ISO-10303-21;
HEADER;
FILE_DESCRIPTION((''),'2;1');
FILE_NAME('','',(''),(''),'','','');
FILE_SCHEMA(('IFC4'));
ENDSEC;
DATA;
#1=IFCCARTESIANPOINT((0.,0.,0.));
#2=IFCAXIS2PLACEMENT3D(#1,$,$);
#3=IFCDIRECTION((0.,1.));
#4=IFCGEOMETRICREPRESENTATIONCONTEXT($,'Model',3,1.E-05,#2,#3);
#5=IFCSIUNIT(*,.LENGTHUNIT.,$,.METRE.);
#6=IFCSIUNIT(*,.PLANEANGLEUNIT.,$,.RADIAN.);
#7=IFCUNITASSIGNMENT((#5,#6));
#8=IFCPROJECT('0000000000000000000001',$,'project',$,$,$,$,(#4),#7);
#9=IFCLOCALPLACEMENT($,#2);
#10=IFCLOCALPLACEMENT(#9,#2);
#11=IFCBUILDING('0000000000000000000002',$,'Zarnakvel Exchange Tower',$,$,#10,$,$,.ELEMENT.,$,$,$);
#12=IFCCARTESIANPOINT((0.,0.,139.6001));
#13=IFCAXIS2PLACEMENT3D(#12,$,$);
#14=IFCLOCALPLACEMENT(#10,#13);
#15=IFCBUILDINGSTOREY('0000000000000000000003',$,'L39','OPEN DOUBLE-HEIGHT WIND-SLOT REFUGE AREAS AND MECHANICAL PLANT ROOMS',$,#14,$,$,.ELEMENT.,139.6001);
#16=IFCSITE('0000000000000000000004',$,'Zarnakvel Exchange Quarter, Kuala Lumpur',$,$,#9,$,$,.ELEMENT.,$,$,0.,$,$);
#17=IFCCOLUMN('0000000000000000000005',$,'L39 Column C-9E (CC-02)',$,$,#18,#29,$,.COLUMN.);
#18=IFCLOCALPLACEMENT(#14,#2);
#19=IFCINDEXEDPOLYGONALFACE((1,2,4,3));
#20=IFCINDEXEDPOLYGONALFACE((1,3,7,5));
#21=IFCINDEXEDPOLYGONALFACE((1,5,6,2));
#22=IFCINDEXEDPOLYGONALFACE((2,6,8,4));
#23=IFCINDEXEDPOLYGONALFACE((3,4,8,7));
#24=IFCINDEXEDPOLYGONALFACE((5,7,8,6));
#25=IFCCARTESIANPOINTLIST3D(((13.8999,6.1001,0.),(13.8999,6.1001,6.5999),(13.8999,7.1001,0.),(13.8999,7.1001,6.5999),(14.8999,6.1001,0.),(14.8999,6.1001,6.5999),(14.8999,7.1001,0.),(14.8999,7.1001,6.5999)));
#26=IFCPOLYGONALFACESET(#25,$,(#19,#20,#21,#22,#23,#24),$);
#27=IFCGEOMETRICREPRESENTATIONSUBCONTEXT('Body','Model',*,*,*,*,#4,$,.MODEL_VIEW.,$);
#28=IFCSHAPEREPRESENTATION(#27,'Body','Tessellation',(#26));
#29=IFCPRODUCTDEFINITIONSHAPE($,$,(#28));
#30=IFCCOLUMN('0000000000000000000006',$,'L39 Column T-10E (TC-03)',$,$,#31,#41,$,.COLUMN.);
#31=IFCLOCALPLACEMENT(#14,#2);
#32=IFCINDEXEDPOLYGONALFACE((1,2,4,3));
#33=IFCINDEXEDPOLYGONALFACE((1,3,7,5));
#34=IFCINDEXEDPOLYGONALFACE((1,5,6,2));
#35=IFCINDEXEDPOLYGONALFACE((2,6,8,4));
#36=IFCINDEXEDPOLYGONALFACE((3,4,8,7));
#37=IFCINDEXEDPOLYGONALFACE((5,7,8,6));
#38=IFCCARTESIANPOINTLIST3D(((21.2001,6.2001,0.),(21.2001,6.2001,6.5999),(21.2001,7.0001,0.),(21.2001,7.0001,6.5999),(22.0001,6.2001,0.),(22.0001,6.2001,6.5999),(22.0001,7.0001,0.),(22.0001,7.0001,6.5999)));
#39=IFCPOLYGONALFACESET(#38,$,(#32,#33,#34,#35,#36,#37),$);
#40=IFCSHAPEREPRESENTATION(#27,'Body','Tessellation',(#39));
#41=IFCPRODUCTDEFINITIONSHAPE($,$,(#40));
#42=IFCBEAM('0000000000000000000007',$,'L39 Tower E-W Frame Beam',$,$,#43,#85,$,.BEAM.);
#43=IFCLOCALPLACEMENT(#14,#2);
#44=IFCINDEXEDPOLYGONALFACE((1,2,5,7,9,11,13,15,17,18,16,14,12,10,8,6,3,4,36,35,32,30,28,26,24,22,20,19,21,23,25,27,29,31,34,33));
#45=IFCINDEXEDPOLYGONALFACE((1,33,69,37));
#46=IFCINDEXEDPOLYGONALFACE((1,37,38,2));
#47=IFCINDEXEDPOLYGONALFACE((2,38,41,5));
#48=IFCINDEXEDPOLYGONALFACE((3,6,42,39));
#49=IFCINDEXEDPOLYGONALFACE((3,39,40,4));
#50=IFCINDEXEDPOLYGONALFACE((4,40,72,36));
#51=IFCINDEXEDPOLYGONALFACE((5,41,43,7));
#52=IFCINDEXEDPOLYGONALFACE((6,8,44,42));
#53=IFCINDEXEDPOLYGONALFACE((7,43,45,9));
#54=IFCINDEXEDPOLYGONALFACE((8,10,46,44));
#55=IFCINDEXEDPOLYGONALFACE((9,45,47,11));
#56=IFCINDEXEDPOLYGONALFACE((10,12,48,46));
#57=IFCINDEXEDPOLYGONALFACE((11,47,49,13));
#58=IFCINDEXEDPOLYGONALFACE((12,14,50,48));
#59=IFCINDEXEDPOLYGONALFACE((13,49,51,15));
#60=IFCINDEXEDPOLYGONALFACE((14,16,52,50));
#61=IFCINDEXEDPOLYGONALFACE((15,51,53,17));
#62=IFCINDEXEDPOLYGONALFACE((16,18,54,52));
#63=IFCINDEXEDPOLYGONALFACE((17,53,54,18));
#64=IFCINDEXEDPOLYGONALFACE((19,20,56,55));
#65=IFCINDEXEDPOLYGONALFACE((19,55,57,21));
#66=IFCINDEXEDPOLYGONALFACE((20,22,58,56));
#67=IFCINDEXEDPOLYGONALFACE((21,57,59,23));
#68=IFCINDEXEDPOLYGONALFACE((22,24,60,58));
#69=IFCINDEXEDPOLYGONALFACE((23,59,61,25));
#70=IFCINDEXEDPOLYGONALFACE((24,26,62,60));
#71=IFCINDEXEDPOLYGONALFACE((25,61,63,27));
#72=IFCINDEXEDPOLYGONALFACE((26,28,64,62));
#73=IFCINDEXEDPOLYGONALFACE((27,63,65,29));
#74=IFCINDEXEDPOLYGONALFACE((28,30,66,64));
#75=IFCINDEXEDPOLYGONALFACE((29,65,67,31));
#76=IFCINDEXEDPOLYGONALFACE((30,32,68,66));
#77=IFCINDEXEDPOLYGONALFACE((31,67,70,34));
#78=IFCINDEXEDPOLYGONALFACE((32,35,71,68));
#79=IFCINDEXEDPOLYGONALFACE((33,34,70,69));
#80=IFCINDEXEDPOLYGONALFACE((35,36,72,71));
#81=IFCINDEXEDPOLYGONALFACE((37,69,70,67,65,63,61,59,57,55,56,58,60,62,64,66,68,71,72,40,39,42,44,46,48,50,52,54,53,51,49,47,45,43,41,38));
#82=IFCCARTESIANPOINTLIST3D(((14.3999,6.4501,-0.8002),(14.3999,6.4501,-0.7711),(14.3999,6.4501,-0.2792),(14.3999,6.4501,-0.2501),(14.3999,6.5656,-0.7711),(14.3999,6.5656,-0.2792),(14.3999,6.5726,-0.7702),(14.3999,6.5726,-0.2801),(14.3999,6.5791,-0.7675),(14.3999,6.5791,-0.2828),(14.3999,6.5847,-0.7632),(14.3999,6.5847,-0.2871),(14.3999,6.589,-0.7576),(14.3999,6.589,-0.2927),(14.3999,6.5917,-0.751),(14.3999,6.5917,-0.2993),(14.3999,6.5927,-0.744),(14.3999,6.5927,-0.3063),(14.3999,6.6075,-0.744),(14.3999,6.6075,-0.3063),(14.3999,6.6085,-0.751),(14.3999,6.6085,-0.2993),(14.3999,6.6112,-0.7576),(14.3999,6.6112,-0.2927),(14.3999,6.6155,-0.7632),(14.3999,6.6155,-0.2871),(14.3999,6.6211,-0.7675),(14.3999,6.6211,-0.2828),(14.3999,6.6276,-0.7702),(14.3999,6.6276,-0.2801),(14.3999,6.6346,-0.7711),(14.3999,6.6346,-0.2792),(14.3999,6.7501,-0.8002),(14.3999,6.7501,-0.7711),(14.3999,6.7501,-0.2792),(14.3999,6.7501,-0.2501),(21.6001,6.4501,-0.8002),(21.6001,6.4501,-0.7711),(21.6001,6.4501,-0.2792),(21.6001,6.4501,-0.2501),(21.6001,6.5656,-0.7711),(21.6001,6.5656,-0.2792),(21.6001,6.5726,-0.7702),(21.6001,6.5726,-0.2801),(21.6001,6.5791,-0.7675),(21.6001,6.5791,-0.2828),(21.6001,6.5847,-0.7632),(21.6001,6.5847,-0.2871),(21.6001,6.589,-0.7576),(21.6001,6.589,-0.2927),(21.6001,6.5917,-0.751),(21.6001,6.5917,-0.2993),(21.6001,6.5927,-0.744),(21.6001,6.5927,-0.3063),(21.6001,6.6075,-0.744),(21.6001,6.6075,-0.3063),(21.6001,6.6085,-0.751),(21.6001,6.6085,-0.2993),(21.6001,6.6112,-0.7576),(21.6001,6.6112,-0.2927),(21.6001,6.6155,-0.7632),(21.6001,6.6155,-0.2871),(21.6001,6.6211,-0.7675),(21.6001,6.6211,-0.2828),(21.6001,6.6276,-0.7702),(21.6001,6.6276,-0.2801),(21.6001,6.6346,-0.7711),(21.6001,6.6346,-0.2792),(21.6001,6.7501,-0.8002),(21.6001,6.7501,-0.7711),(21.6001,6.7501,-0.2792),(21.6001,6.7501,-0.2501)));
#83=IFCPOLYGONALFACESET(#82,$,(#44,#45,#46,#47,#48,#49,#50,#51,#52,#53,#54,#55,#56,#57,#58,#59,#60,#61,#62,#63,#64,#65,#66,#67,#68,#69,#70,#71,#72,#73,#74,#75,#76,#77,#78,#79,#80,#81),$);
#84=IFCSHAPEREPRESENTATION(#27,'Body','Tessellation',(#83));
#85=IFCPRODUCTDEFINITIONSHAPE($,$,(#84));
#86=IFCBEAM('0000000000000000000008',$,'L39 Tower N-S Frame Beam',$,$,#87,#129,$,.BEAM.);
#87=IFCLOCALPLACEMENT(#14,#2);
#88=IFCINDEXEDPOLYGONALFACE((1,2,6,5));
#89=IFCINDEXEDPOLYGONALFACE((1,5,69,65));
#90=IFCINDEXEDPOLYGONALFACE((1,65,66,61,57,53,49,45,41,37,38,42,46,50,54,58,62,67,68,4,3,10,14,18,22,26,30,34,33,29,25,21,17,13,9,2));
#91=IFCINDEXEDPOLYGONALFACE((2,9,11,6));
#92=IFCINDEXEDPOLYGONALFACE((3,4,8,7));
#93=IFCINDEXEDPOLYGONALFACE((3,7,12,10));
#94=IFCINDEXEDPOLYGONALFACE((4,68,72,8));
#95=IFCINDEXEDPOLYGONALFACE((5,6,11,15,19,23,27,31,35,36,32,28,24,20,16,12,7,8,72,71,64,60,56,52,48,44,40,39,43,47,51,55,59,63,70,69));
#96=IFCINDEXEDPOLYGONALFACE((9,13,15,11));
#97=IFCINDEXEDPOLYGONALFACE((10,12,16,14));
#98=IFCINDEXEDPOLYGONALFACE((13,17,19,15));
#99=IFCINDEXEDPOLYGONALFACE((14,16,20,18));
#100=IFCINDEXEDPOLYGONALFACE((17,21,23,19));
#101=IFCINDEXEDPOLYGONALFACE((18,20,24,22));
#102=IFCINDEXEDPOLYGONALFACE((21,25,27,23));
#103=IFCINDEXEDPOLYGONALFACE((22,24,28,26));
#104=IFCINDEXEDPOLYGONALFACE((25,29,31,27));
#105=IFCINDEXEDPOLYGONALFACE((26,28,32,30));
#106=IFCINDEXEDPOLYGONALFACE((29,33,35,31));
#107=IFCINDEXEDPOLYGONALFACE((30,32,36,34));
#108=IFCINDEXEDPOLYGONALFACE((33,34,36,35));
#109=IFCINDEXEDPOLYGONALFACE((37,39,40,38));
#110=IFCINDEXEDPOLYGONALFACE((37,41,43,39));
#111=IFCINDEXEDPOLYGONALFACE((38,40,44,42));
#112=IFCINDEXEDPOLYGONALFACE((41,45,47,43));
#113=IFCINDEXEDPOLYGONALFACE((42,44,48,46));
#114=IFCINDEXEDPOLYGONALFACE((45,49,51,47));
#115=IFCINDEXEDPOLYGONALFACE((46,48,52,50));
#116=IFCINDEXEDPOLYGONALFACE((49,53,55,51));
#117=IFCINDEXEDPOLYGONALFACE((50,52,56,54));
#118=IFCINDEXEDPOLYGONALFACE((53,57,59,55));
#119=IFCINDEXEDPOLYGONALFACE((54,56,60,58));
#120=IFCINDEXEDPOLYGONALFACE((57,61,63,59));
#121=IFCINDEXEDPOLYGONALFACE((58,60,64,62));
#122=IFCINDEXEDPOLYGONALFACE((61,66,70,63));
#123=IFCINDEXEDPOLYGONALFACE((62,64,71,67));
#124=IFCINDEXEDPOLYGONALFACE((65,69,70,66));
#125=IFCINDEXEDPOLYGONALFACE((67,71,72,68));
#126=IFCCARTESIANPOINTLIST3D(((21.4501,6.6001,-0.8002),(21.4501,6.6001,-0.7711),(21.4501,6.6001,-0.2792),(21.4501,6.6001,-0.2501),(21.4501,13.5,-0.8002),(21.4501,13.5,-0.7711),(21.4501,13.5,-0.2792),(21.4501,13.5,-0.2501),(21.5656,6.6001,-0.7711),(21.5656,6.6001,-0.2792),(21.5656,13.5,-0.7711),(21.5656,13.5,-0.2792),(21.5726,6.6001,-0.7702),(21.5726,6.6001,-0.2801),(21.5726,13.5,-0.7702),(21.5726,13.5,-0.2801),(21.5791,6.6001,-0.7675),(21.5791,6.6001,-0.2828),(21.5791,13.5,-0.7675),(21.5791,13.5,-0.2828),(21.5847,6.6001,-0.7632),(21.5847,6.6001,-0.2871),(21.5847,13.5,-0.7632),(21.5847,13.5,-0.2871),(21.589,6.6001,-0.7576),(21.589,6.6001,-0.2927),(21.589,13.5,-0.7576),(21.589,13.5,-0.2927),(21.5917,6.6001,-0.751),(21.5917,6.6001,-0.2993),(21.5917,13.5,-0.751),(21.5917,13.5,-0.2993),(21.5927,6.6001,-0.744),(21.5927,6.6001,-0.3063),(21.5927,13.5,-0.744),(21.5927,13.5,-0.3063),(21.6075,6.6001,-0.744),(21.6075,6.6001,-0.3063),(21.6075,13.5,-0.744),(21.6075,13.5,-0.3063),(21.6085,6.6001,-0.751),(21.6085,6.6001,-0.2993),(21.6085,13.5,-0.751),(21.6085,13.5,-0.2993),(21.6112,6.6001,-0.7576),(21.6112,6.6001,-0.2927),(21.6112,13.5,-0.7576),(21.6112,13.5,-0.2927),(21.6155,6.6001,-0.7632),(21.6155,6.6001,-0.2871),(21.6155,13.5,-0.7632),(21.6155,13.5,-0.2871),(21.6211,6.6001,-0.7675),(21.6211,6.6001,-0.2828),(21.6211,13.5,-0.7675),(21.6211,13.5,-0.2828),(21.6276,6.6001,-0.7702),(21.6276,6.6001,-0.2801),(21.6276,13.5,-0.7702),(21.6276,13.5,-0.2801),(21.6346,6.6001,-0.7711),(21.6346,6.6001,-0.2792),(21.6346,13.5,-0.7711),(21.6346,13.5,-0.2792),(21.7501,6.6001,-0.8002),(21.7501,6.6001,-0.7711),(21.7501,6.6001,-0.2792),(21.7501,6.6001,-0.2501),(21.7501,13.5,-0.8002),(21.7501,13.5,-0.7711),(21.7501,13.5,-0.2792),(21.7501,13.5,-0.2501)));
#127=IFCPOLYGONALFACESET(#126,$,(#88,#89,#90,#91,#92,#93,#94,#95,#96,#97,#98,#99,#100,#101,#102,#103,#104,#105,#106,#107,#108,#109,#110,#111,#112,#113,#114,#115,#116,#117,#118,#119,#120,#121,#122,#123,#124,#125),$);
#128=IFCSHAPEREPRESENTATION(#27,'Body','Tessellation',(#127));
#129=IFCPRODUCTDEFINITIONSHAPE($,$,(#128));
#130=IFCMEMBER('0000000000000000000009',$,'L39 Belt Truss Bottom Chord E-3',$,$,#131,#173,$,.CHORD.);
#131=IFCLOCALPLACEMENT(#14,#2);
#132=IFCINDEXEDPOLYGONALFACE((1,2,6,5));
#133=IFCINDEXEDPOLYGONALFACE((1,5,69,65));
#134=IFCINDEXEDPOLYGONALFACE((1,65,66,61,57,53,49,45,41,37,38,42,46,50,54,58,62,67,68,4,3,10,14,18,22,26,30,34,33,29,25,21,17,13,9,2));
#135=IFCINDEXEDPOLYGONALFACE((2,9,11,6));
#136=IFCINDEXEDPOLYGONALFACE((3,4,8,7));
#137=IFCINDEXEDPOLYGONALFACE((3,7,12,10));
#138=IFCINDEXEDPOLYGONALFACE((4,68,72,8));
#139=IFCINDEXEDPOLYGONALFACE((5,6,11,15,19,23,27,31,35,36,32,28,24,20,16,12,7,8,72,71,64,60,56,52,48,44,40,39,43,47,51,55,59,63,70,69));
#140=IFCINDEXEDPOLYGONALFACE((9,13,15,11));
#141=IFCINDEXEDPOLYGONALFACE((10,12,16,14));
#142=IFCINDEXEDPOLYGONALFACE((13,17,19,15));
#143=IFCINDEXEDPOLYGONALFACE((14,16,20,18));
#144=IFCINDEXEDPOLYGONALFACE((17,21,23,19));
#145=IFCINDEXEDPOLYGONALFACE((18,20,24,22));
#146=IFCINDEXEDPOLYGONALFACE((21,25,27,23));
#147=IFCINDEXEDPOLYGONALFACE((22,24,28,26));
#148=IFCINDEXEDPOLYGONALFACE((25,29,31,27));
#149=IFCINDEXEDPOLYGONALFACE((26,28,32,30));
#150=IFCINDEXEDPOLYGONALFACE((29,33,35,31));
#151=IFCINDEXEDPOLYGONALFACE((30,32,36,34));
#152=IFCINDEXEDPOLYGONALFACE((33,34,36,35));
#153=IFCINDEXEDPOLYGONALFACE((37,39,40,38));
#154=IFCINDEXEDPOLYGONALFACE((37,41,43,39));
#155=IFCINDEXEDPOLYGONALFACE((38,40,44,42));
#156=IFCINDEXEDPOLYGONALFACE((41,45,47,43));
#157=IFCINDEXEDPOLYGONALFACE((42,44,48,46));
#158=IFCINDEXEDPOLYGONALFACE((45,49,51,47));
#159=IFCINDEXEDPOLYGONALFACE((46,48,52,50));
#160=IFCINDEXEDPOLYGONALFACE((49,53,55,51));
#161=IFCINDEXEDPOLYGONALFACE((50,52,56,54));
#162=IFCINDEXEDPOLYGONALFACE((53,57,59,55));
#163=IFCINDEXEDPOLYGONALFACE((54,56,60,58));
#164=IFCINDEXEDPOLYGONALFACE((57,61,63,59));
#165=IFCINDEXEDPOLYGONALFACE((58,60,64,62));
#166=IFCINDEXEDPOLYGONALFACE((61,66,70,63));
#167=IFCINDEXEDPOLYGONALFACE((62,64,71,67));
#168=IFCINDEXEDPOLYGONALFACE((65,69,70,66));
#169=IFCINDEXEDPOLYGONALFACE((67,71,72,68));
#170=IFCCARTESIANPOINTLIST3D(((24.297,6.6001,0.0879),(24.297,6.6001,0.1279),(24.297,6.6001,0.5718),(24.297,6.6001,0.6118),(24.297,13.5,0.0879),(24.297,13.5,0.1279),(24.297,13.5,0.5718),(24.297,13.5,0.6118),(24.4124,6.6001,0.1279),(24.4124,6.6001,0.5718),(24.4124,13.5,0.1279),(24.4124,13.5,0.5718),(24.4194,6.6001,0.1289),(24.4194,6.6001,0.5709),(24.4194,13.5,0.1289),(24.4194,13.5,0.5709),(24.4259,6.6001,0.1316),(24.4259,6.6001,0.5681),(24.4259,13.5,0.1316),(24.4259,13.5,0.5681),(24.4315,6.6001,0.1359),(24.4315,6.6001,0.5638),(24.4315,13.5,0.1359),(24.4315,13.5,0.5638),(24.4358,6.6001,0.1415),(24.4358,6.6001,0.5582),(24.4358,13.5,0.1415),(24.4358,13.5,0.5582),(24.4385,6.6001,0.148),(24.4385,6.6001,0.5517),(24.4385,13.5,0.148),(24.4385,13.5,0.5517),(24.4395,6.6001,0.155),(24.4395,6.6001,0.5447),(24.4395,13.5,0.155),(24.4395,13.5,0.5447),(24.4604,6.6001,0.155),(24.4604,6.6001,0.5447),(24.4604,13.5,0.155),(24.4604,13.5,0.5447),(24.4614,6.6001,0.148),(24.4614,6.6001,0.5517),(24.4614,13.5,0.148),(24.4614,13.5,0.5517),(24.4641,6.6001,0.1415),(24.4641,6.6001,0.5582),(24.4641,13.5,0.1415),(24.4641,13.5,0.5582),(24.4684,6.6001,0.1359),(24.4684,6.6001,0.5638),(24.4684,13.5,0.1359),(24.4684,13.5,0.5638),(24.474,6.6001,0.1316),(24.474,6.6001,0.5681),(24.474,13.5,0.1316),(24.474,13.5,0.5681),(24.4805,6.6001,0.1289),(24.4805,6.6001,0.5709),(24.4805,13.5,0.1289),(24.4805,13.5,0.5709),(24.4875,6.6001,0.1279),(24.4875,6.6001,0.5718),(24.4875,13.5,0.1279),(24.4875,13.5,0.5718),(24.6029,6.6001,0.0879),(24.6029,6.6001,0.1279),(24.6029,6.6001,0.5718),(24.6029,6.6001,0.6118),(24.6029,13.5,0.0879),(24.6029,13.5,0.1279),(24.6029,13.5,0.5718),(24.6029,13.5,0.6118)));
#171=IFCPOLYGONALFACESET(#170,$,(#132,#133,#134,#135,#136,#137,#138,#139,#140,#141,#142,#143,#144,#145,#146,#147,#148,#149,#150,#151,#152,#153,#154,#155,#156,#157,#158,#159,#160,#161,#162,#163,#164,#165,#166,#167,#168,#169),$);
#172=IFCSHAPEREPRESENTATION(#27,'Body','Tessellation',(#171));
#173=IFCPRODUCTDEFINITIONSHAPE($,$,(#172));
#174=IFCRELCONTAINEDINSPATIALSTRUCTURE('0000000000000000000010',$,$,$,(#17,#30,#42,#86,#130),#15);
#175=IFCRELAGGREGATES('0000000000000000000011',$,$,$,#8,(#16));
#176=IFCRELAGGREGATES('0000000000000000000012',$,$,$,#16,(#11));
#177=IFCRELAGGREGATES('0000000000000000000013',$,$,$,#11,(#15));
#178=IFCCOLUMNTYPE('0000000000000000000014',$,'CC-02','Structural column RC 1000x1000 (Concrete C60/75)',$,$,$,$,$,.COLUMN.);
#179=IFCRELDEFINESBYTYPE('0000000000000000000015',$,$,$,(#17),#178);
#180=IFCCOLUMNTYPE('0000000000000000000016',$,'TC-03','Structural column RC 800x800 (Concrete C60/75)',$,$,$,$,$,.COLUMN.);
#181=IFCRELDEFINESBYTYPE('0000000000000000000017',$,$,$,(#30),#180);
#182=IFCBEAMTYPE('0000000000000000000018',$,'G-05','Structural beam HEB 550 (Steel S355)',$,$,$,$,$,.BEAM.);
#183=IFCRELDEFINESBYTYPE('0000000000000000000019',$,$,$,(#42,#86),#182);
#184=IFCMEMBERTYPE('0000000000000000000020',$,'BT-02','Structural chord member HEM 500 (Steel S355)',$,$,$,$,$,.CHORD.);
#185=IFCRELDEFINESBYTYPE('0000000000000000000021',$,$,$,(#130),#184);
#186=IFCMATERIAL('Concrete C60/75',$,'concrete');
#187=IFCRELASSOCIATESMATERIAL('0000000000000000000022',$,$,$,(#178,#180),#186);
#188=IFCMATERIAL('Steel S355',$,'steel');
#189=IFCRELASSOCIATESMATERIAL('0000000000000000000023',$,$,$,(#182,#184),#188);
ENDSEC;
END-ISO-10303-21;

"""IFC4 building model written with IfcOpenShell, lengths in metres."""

from ifc_helpers import new_model, si_unit, direction, frame, origin, origin_2d, place, context, subcontext, project, spatial, rectangle, i_section, extrude, source, transform, mapped, material, material_profile, profile_set, type_object, element, save


model = new_model("IFC4")

# Units and contexts
model_context = context("Model", 3, precision=1e-05, world=origin(), true_north=direction((0.0, 1.0)))
body_context = subcontext(model_context, "Body", "Model", "MODEL_VIEW")
ifc_project = project(units=[si_unit("LENGTHUNIT", "METRE"), si_unit("PLANEANGLEUNIT", "RADIAN")], contexts=[model_context])

# Site, building, storey
site_placement = place(None, origin())
site = spatial("IfcSite", under=ifc_project, at=site_placement, Name="Zarnakvel Exchange Quarter, Kuala Lumpur", CompositionType="ELEMENT", RefElevation=0.0)
building_placement = place(site_placement, origin())
building = spatial("IfcBuilding", under=site, at=building_placement, Name="Zarnakvel Exchange Tower", CompositionType="ELEMENT")
storey_placement = place(building_placement, frame((0.0, 0.0, 139.6001)))
storey = spatial("IfcBuildingStorey", under=building, at=storey_placement, Name="L39", Description="OPEN DOUBLE-HEIGHT WIND-SLOT REFUGE AREAS AND MECHANICAL PLANT ROOMS", CompositionType="ELEMENT", Elevation=139.6001)

# Columns
ifc_material_1 = material(Name="Concrete C60/75", Category="concrete")
ifc_material_profile_1 = material_profile(ifc_material_1, rectangle(XDim=1.0, YDim=1.0, at=origin_2d()))
ifc_profile_set_1 = profile_set([ifc_material_profile_1], Name="Concrete C60/75")
column_type_1 = type_object("IfcColumnType", Name="CC-02", Description="Structural column RC 1000x1000 (Concrete C60/75)", PredefinedType="COLUMN", material=ifc_profile_set_1)
column_1_placement = place(storey_placement, frame((14.3999, 6.6001, 0.0), z_axis=(0.0, 0.0, 1.0), x_axis=(1.0, 0.0, 0.0)))
element("IfcColumn", 1, at=column_1_placement, inside=storey, type_object=column_type_1, Name="L39 Column C-9E (CC-02)", PredefinedType="COLUMN", context=body_context, shape_type="SweptSolid", body=[
    extrude(rectangle(XDim=1.0, YDim=1.0, at=origin_2d()), origin(), (0.0, 0.0, 1.0), 6.5999),
])
ifc_material_profile_2 = material_profile(ifc_material_1, rectangle(XDim=0.8, YDim=0.8, at=origin_2d()))
ifc_profile_set_2 = profile_set([ifc_material_profile_2], Name="Concrete C60/75")
column_type_2 = type_object("IfcColumnType", Name="TC-03", Description="Structural column RC 800x800 (Concrete C60/75)", PredefinedType="COLUMN", material=ifc_profile_set_2)
column_2_placement = place(storey_placement, frame((21.6001, 6.6001, 0.0), z_axis=(0.0, 0.0, 1.0), x_axis=(1.0, 0.0, 0.0)))
element("IfcColumn", 2, at=column_2_placement, inside=storey, type_object=column_type_2, Name="L39 Column T-10E (TC-03)", PredefinedType="COLUMN", context=body_context, shape_type="SweptSolid", body=[
    extrude(rectangle(XDim=0.8, YDim=0.8, at=origin_2d()), origin(), (0.0, 0.0, 1.0), 6.5999),
])

# Beams
ifc_material_2 = material(Name="Steel S355", Category="steel")
ifc_material_profile_3 = material_profile(ifc_material_2, i_section(OverallWidth=0.3, OverallDepth=0.55, WebThickness=0.0149, FlangeThickness=0.0291, FilletRadius=0.0271, at=origin_2d()))
ifc_profile_set_3 = profile_set([ifc_material_profile_3], Name="Steel S355")
beam_type = type_object("IfcBeamType", Name="G-05", Description="Structural beam HEB 550 (Steel S355)", PredefinedType="BEAM", material=ifc_profile_set_3)
beam_1_placement = place(storey_placement, frame((14.3999, 6.6001, -0.5251), z_axis=(1.0, 0.0, 0.0), x_axis=(0.0, 1.0, 0.0)))
element("IfcBeam", 3, at=beam_1_placement, inside=storey, type_object=beam_type, Name="L39 Tower E-W Frame Beam", PredefinedType="BEAM", context=body_context, shape_type="SweptSolid", body=[
    extrude(i_section(OverallWidth=0.3, OverallDepth=0.55, WebThickness=0.0149, FlangeThickness=0.0291, FilletRadius=0.0271, at=origin_2d()), origin(), (0.0, 0.0, 1.0), 7.2002),
])
beam_2_placement = place(storey_placement, frame((21.6001, 6.6001, -0.5251), z_axis=(0.0, 1.0, 0.0), x_axis=(-1.0, 0.0, 0.0)))
element("IfcBeam", 4, at=beam_2_placement, inside=storey, type_object=beam_type, Name="L39 Tower N-S Frame Beam", PredefinedType="BEAM", context=body_context, shape_type="SweptSolid", body=[
    extrude(i_section(OverallWidth=0.3, OverallDepth=0.55, WebThickness=0.0149, FlangeThickness=0.0291, FilletRadius=0.0271, at=origin_2d()), origin(), (0.0, 0.0, 1.0), 6.8999),
])

# Member
ifc_material_profile_4 = material_profile(ifc_material_2, i_section(OverallWidth=0.3059, OverallDepth=0.5239, WebThickness=0.021, FlangeThickness=0.04, FilletRadius=0.0271, at=origin_2d()))
ifc_profile_set_4 = profile_set([ifc_material_profile_4], Name="Steel S355")
member_type_1 = type_object("IfcMemberType", Name="BT-02", Description="Structural chord member HEM 500 (Steel S355)", PredefinedType="CHORD", material=ifc_profile_set_4)
shared_shape_1 = source(origin(), body_context, "Body", "SweptSolid", [
    extrude(i_section(OverallWidth=0.3059, OverallDepth=0.5239, WebThickness=0.021, FlangeThickness=0.04, FilletRadius=0.0271, at=origin_2d()), origin(), (0.0, 0.0, 1.0), 6.8999),
])
for number, where, z_axis, x_axis, name in (
    (5, (24.45, 6.6001, 0.3499), (0.0, 1.0, 0.0), (-1.0, 0.0, 0.0), "L39 Belt Truss Bottom Chord E-3"),
):
    element("IfcMember", number, at=place(storey_placement, frame(where, z_axis=z_axis, x_axis=x_axis)), inside=storey, type_object=member_type_1, Name=name, PredefinedType="CHORD", context=body_context, shape_type="MappedRepresentation", body=[
        mapped(shared_shape_1, transform((0.0, 0.0, 0.0), x_axis=(1.0, 0.0, 0.0), y_axis=(0.0, 1.0, 0.0), z_axis=(0.0, 0.0, 1.0), scale=1.0)),
    ])

save(model, "model.ifc")
